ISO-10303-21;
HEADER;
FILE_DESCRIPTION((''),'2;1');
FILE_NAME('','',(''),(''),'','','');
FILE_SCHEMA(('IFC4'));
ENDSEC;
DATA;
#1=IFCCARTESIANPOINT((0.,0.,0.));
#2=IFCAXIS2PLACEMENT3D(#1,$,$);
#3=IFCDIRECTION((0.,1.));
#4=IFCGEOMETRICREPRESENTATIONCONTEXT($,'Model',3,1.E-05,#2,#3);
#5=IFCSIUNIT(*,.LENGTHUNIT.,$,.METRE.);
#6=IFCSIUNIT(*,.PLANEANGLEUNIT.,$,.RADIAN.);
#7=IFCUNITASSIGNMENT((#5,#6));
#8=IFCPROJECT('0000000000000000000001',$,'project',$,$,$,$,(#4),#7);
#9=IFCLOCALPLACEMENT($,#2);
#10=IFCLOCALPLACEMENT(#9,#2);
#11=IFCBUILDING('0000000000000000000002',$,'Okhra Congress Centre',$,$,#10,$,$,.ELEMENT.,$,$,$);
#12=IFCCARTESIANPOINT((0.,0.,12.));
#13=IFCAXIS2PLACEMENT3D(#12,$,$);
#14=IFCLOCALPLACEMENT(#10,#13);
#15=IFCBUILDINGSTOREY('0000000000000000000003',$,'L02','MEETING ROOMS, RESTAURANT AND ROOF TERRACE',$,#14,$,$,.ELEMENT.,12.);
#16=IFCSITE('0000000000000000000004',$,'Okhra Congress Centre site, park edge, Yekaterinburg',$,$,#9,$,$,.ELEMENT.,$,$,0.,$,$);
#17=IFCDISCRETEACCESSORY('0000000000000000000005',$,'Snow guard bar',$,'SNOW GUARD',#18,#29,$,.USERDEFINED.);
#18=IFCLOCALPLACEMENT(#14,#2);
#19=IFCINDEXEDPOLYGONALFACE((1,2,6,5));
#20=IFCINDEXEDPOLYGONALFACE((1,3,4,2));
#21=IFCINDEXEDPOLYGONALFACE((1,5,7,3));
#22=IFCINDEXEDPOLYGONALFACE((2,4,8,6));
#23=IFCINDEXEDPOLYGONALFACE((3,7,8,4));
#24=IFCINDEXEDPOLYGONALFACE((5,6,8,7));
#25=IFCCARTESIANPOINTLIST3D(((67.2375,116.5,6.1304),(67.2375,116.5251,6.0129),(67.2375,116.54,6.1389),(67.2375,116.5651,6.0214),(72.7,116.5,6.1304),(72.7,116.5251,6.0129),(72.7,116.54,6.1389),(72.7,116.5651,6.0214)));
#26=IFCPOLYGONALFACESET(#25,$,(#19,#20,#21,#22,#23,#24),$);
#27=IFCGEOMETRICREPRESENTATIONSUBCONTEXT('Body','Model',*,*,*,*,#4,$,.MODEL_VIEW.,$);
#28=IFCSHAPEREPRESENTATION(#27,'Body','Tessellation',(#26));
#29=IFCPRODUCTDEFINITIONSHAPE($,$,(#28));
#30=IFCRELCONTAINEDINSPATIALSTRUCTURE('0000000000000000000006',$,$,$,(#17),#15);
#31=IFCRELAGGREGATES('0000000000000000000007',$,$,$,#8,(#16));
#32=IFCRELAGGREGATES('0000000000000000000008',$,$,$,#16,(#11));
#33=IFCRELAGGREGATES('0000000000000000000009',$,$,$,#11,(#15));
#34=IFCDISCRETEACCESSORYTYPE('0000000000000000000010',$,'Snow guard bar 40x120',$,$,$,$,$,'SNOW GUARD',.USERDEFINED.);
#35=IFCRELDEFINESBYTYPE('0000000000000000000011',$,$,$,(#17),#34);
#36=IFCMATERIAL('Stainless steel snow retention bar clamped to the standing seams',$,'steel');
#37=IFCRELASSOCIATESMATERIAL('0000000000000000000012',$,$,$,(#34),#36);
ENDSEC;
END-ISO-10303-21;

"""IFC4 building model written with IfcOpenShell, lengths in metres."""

from ifc_helpers import new_model, si_unit, direction, frame, origin, place, context, subcontext, project, spatial, polyline, outline, extrude, material, type_object, element, save


model = new_model("IFC4")

# Units and contexts
model_context = context("Model", 3, precision=1e-05, world=origin(), true_north=direction((0.0, 1.0)))
body_context = subcontext(model_context, "Body", "Model", "MODEL_VIEW")
ifc_project = project(units=[si_unit("LENGTHUNIT", "METRE"), si_unit("PLANEANGLEUNIT", "RADIAN")], contexts=[model_context])

# Site, building, storey
site_placement = place(None, origin())
site = spatial("IfcSite", under=ifc_project, at=site_placement, Name="Okhra Congress Centre site, park edge, Yekaterinburg", CompositionType="ELEMENT", RefElevation=0.0)
building_placement = place(site_placement, origin())
building = spatial("IfcBuilding", under=site, at=building_placement, Name="Okhra Congress Centre", CompositionType="ELEMENT")
storey_placement = place(building_placement, frame((0.0, 0.0, 12.0)))
storey = spatial("IfcBuildingStorey", under=building, at=storey_placement, Name="L02", Description="MEETING ROOMS, RESTAURANT AND ROOF TERRACE", CompositionType="ELEMENT", Elevation=12.0)

# Discrete accessory
ifc_material_1 = material(Name="Stainless steel snow retention bar clamped to the standing seams", Category="steel")
discrete_accessory_type_1 = type_object("IfcDiscreteAccessoryType", Name="Snow guard bar 40x120", ElementType="SNOW GUARD", PredefinedType="USERDEFINED", material=ifc_material_1)
for number, where, z_axis, x_axis, name in (
    (1, (67.2375, 116.5, 6.1304), (0.0, -0.208715, 0.977977), (1.0, 0.0, 0.0), "Snow guard bar"),
):
    element("IfcDiscreteAccessory", number, at=place(storey_placement, frame(where, z_axis=z_axis, x_axis=x_axis)), inside=storey, type_object=discrete_accessory_type_1, Name=name, ObjectType="SNOW GUARD", PredefinedType="USERDEFINED", context=body_context, shape_type="SweptSolid", body=[
        extrude(outline(polyline([(0.0, 0.0), (5.4624, 0.0), (5.4624, 0.0409), (0.0, 0.0409), (0.0, 0.0)])), origin(), (0.0, 0.0, -1.0), 0.1201),
    ])

save(model, "model.ifc")
